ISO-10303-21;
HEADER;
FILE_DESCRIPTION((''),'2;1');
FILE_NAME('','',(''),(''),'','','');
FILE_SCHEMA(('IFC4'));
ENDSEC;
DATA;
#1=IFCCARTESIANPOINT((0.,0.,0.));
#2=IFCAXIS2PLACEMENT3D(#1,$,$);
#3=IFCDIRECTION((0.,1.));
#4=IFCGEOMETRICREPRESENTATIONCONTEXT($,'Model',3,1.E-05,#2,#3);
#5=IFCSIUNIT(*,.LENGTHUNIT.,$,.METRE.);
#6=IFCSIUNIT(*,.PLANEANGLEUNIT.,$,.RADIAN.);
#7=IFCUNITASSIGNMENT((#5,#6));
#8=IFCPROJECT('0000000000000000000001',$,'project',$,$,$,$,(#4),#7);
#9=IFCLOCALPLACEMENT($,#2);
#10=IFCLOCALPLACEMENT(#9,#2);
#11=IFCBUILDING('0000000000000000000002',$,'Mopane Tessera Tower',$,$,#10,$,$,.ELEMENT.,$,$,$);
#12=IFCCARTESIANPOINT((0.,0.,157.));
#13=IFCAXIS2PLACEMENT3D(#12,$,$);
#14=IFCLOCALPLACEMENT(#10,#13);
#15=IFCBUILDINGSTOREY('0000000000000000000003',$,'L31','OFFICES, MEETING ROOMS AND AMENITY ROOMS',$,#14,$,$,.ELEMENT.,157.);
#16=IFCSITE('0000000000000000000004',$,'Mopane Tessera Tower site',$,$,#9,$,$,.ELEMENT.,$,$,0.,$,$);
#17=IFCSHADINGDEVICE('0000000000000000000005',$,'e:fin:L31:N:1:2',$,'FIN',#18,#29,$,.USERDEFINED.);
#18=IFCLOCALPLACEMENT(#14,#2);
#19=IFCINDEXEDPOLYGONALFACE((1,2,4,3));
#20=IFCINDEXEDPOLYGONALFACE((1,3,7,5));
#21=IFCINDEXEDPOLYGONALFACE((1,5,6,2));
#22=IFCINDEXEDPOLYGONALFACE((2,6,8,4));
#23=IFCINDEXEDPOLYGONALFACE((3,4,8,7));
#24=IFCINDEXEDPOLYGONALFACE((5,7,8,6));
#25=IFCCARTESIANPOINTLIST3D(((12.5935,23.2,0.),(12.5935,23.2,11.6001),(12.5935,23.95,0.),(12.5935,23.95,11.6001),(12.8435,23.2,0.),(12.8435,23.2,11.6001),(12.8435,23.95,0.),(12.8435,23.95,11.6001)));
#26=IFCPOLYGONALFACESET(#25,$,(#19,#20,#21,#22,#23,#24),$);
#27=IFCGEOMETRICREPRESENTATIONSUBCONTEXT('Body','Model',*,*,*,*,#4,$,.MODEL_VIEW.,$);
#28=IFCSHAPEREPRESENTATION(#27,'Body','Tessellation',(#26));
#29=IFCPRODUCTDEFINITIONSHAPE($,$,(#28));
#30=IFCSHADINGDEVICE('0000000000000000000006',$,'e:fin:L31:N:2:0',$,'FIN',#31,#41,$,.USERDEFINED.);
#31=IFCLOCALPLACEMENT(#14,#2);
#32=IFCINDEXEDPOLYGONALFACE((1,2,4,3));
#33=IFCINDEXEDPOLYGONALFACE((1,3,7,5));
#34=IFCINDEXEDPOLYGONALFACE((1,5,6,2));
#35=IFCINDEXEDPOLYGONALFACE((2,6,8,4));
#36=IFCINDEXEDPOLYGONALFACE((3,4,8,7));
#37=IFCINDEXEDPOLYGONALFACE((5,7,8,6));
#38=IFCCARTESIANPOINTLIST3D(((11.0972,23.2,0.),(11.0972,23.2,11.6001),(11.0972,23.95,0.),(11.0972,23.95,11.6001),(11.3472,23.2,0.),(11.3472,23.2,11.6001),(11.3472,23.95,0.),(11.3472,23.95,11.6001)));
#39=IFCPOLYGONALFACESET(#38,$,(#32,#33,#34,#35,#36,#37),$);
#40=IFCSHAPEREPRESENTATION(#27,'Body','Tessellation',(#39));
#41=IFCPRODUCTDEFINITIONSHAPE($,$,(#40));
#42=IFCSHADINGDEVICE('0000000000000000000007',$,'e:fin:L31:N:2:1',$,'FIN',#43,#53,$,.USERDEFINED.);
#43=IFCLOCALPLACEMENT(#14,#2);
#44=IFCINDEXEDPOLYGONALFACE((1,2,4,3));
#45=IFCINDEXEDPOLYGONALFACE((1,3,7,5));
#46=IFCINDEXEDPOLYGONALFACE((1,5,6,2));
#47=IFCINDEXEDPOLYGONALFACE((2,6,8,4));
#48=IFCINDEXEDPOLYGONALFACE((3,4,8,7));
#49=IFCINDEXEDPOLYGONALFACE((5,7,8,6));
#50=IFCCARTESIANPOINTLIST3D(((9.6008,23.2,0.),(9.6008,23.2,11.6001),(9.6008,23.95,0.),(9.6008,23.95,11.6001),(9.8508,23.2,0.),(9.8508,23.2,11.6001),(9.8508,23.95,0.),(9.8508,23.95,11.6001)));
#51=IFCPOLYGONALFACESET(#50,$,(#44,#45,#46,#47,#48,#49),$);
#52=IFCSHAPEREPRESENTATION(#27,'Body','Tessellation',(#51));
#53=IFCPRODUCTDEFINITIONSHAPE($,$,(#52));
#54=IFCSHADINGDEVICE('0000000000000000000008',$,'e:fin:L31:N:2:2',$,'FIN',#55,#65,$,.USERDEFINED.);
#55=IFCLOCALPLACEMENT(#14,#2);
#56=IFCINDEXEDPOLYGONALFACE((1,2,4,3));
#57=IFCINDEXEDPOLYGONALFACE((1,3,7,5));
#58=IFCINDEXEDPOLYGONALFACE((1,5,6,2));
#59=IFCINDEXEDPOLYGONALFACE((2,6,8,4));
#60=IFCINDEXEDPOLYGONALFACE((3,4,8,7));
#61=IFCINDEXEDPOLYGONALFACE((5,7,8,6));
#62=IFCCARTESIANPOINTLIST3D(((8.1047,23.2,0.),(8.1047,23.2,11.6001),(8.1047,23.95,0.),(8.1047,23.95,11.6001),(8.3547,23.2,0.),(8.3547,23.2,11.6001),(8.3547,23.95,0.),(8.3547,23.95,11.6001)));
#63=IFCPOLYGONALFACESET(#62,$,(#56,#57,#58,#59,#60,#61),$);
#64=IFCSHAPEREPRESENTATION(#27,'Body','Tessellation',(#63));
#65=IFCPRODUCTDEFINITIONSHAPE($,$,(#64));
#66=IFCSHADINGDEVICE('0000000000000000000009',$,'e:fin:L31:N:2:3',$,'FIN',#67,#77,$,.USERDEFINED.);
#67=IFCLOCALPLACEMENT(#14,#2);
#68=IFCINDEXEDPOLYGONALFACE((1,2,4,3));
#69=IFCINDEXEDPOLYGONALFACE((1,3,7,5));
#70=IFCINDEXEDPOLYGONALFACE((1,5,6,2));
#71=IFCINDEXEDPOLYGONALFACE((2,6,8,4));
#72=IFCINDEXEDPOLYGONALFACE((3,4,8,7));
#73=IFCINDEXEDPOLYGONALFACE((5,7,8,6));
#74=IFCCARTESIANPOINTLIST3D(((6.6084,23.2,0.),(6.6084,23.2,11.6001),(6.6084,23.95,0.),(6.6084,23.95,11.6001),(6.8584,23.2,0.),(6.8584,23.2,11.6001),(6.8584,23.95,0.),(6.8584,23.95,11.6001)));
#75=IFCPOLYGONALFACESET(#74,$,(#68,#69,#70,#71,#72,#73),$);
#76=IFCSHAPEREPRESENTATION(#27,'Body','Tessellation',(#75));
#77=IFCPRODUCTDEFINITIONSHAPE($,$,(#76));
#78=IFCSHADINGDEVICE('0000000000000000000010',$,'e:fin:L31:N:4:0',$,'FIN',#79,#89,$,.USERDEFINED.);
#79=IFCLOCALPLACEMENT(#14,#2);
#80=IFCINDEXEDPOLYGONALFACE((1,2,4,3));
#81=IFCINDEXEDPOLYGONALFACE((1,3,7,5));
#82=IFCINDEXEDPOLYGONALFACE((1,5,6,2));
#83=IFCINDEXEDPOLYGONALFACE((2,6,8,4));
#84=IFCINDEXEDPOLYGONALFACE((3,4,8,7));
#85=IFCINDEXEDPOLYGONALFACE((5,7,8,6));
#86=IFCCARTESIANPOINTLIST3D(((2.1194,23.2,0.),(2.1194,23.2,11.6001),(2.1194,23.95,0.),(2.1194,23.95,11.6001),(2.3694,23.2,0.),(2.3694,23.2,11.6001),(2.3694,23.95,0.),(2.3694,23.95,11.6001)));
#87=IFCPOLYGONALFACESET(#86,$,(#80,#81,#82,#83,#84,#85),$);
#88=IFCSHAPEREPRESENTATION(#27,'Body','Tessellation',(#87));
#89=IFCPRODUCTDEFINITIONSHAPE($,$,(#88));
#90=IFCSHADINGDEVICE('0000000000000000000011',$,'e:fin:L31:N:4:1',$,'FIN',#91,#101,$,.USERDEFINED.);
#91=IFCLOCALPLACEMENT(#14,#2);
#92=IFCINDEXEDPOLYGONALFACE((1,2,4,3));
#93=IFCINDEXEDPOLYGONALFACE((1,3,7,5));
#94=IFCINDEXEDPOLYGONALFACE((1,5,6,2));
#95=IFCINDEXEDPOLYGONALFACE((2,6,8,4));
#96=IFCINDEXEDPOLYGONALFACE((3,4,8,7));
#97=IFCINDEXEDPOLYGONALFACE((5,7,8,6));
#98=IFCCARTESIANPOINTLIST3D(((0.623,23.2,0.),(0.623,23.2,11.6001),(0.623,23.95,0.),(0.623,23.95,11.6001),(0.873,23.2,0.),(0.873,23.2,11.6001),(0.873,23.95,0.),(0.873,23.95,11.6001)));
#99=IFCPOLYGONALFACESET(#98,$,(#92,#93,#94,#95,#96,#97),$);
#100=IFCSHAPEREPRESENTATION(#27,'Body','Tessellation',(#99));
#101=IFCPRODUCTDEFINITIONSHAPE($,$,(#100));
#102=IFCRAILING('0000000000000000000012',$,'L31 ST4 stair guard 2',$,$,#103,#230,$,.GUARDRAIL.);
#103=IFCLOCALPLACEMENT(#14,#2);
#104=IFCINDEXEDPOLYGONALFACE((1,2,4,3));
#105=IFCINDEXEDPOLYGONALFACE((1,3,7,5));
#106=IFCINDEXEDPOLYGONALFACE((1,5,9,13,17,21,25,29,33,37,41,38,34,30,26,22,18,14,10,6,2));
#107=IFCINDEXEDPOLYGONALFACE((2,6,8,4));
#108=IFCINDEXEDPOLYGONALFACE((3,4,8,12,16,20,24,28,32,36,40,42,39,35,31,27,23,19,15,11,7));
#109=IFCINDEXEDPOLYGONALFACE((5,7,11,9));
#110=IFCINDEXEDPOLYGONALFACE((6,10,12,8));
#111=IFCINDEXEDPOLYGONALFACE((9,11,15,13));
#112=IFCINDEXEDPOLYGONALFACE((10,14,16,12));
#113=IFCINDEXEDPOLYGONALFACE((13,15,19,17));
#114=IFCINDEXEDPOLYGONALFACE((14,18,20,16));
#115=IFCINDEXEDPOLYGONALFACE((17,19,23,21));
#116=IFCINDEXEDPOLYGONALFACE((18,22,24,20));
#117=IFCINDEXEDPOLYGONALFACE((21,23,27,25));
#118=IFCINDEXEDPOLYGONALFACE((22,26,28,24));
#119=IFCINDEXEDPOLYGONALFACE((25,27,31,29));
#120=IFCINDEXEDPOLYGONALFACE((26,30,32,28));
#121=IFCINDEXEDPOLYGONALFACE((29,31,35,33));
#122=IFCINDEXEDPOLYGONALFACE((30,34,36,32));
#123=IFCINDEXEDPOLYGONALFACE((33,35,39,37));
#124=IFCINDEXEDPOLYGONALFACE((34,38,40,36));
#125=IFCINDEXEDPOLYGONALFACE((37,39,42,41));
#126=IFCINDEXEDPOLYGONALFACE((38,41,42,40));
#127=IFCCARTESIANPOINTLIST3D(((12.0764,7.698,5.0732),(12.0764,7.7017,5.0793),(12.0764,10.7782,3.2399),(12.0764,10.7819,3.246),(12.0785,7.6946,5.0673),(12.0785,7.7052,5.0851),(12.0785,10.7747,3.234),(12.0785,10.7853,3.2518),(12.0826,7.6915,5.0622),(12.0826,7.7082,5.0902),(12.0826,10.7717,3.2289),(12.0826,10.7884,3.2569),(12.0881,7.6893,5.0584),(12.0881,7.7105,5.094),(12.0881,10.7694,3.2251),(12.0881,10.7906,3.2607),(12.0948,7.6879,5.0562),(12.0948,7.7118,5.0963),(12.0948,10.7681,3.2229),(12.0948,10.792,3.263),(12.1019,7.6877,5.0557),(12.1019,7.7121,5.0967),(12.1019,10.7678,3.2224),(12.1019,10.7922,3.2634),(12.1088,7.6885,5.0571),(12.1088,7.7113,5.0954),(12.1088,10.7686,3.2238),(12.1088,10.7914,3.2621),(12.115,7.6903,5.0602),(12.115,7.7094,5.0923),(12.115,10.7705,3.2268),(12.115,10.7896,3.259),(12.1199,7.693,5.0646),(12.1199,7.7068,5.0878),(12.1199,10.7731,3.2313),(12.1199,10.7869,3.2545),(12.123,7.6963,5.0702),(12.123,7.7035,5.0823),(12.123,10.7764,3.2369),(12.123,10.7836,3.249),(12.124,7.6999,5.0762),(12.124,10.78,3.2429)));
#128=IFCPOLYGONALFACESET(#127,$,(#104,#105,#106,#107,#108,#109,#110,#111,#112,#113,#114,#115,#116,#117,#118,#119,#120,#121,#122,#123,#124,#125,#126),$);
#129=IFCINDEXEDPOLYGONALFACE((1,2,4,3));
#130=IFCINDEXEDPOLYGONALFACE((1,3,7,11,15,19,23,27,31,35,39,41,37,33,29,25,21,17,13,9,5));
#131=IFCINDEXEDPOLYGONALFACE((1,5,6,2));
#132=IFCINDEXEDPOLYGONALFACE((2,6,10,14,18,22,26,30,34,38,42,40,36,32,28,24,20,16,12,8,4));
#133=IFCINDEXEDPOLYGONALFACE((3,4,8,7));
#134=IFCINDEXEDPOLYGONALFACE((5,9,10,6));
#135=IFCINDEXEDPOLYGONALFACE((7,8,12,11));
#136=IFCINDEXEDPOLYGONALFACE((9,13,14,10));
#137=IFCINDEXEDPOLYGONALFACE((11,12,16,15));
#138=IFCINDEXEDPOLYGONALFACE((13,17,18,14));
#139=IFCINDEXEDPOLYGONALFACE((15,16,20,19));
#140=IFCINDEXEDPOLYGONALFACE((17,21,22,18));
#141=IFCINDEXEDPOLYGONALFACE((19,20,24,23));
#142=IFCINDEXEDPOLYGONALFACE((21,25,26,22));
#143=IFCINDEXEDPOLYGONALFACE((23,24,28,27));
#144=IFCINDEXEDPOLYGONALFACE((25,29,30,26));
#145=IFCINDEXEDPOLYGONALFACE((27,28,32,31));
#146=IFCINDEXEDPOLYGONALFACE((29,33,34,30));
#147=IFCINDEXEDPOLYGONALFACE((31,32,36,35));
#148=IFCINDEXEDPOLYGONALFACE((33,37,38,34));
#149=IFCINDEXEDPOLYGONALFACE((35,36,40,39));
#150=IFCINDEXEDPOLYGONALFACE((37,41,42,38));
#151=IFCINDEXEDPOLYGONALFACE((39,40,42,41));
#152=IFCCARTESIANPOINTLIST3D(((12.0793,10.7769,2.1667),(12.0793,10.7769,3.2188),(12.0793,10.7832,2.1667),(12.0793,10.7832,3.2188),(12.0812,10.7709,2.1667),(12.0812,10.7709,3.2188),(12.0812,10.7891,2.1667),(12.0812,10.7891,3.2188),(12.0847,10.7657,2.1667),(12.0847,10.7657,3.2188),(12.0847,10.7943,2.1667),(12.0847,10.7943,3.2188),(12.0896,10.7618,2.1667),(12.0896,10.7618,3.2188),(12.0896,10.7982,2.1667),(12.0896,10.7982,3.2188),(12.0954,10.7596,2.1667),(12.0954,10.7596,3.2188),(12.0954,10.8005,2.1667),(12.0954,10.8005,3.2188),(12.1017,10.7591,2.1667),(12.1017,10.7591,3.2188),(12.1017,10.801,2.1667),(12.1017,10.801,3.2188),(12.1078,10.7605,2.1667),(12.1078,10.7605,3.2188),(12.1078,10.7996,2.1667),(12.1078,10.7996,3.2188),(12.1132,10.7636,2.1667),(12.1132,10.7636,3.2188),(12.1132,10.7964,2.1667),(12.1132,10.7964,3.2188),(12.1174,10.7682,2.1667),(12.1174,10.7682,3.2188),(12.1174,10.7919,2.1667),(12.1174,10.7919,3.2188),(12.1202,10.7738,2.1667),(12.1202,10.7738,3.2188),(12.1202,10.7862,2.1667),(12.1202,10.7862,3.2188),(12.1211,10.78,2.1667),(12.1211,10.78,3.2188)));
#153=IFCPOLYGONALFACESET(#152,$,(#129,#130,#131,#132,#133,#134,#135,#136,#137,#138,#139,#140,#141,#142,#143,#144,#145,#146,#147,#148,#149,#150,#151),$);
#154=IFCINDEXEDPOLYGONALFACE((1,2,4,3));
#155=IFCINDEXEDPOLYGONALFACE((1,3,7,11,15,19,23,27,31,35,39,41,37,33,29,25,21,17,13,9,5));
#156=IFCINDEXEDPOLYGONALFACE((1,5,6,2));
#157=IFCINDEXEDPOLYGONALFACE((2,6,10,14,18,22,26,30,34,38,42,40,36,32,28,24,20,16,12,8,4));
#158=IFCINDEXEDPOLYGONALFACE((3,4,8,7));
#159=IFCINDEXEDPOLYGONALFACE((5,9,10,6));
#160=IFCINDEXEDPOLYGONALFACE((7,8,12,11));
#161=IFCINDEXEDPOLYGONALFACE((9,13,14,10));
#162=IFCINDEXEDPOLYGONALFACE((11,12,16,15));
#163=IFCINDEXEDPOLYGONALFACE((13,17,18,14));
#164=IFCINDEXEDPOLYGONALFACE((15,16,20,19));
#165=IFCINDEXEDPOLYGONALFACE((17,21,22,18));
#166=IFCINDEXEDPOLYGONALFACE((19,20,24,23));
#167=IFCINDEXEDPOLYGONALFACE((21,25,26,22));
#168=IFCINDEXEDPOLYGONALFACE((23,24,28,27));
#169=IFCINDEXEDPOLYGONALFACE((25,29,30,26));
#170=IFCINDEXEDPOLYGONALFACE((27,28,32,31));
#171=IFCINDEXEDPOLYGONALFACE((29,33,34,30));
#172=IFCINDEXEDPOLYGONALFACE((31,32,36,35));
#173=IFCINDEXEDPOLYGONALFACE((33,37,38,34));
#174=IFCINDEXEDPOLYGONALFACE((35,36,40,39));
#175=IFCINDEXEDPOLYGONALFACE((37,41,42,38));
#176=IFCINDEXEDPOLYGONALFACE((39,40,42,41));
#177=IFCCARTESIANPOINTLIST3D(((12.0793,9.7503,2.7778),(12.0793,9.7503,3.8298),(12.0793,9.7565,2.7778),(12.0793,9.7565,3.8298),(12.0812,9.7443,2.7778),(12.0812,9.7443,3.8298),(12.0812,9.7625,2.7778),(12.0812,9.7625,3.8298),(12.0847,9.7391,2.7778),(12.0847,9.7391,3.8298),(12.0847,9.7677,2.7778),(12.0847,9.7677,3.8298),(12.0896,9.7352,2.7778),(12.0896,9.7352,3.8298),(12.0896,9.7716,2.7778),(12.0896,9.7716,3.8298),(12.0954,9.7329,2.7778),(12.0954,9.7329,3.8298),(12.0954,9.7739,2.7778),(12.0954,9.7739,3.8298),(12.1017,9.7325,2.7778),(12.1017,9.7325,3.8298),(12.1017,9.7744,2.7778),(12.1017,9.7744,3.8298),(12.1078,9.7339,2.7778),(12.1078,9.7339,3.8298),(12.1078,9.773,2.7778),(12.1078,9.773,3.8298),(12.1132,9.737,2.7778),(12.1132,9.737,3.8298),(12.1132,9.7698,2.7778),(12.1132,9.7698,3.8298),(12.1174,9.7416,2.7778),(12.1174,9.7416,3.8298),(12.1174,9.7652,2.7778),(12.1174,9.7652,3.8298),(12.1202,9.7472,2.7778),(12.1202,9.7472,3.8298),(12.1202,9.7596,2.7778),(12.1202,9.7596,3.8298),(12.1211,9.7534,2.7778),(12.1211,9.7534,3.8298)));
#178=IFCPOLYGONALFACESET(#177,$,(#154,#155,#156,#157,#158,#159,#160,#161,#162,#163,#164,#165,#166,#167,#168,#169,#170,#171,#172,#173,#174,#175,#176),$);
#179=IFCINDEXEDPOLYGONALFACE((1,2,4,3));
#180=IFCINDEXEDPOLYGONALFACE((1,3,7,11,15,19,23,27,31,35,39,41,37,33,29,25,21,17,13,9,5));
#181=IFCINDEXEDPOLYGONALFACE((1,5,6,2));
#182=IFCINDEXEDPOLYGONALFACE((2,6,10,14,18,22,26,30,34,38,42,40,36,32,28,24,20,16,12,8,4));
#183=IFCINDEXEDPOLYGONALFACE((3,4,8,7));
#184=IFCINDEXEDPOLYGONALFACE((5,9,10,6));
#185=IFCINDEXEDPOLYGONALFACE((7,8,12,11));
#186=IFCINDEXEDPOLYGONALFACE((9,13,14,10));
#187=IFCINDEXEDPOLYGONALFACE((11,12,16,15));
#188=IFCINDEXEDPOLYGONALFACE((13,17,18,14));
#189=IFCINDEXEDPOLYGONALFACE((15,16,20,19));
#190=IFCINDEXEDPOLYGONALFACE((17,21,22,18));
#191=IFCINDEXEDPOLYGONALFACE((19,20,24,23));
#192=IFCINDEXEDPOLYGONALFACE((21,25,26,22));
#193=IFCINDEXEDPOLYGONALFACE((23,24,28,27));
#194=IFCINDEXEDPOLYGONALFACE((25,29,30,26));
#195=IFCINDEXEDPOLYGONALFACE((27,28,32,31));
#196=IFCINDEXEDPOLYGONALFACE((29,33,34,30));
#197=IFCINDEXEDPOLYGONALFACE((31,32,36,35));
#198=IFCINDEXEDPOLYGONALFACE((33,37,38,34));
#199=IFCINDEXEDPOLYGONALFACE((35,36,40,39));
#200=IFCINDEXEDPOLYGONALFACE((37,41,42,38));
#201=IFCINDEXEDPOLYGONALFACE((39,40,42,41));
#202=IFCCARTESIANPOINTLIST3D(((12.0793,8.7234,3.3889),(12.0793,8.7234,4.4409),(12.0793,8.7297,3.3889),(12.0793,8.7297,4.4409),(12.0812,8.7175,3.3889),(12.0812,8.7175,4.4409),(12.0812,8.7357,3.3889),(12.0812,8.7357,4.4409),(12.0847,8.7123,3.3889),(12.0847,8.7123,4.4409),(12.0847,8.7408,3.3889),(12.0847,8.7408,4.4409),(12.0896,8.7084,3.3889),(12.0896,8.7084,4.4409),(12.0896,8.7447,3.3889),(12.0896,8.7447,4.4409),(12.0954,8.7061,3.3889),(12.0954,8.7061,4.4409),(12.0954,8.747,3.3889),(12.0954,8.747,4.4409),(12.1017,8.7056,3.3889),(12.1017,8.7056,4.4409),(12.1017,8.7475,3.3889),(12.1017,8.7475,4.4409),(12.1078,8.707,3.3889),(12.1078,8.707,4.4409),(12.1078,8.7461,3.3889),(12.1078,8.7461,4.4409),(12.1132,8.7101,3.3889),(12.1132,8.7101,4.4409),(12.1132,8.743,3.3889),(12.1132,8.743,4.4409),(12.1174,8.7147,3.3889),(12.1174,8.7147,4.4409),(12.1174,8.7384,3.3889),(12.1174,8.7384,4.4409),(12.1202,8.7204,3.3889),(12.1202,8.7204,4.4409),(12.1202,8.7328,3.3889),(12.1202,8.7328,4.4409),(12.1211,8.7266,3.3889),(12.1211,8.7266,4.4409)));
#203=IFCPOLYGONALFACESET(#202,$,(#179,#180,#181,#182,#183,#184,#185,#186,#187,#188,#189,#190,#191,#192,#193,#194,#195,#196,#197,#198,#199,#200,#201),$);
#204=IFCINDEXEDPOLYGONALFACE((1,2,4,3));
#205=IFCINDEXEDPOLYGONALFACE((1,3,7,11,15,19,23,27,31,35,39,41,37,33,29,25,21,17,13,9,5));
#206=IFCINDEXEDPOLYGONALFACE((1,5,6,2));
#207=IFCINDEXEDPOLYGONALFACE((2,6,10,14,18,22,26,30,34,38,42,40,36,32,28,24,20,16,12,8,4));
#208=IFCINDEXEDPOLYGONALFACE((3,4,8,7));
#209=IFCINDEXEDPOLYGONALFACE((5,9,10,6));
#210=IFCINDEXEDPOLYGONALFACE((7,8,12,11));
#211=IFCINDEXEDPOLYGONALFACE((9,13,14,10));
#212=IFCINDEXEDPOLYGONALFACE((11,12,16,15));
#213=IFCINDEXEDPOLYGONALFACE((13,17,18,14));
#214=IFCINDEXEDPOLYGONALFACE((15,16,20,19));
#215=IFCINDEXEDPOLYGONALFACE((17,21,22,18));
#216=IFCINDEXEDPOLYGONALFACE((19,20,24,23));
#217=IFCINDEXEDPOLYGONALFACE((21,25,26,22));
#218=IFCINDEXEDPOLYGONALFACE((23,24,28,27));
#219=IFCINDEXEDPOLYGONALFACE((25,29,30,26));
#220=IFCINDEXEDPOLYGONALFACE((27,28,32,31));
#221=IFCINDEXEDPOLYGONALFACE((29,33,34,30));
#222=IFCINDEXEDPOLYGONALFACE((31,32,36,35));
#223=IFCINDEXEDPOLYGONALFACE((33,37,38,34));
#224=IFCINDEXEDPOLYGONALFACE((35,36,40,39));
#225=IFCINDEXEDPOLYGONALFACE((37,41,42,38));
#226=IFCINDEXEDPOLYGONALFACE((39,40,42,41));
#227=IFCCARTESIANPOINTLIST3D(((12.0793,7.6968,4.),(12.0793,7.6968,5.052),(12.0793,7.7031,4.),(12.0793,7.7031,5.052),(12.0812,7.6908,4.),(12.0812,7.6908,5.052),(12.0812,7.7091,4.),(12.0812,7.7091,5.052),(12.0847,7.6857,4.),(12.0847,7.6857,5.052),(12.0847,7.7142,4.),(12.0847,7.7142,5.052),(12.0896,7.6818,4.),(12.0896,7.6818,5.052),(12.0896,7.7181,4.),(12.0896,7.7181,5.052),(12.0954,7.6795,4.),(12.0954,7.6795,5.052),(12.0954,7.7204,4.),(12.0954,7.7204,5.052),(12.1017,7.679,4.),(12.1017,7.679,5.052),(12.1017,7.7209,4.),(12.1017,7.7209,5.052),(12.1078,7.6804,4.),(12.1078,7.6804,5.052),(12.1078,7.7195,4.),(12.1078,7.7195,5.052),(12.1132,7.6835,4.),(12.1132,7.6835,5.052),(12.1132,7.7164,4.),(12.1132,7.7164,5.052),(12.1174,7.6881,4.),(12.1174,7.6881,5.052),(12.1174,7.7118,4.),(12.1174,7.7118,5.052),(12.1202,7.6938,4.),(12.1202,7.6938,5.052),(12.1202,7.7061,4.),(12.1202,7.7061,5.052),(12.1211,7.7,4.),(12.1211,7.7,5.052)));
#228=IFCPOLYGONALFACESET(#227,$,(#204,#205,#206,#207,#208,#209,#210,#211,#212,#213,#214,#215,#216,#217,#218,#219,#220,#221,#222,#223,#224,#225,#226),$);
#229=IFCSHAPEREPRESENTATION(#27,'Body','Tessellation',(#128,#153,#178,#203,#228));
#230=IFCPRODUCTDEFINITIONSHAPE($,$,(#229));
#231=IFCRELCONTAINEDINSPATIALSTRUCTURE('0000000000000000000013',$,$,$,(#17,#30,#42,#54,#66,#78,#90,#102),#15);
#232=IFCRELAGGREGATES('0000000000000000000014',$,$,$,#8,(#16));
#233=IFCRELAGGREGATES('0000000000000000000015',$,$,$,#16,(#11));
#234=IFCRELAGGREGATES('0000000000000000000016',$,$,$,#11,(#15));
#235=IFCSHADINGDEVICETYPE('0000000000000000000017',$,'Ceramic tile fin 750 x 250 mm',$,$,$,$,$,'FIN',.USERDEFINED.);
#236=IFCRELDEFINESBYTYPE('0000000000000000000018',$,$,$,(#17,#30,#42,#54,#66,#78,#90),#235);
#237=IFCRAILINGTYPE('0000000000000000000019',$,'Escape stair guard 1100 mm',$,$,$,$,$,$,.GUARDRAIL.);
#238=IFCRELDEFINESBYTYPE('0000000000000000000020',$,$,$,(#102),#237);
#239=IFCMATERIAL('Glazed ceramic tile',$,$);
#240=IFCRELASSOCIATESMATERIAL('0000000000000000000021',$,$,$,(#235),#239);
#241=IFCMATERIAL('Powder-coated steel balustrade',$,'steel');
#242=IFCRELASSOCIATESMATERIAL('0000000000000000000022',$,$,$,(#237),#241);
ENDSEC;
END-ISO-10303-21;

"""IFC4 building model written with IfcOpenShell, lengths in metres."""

from ifc_helpers import new_model, si_unit, direction, frame, origin, origin_2d, place, context, subcontext, project, spatial, rectangle, circle, extrude, material, type_object, element, save


model = new_model("IFC4")

# Units and contexts
model_context = context("Model", 3, precision=1e-05, world=origin(), true_north=direction((0.0, 1.0)))
body_context = subcontext(model_context, "Body", "Model", "MODEL_VIEW")
ifc_project = project(units=[si_unit("LENGTHUNIT", "METRE"), si_unit("PLANEANGLEUNIT", "RADIAN")], contexts=[model_context])

# Site, building, storey
site_placement = place(None, origin())
site = spatial("IfcSite", under=ifc_project, at=site_placement, Name="Mopane Tessera Tower site", CompositionType="ELEMENT", RefElevation=0.0)
building_placement = place(site_placement, origin())
building = spatial("IfcBuilding", under=site, at=building_placement, Name="Mopane Tessera Tower", CompositionType="ELEMENT")
storey_placement = place(building_placement, frame((0.0, 0.0, 157.0)))
storey = spatial("IfcBuildingStorey", under=building, at=storey_placement, Name="L31", Description="OFFICES, MEETING ROOMS AND AMENITY ROOMS", CompositionType="ELEMENT", Elevation=157.0)

# Shading devices
ifc_material_1 = material(Name="Glazed ceramic tile")
shading_device_type = type_object("IfcShadingDeviceType", Name="Ceramic tile fin 750 x 250 mm", ElementType="FIN", PredefinedType="USERDEFINED", material=ifc_material_1)
for number, where, z_axis, x_axis, name in (
    (1, (12.7185, 23.575, 0.0), (0.0, 0.0, 1.0), (-1.0, 0.0, 0.0), "e:fin:L31:N:1:2"),
    (2, (11.2222, 23.575, 0.0), (0.0, 0.0, 1.0), (-1.0, 0.0, 0.0), "e:fin:L31:N:2:0"),
    (3, (9.7258, 23.575, 0.0), (0.0, 0.0, 1.0), (-1.0, 0.0, 0.0), "e:fin:L31:N:2:1"),
    (4, (8.2297, 23.575, 0.0), (0.0, 0.0, 1.0), (-1.0, 0.0, 0.0), "e:fin:L31:N:2:2"),
    (5, (6.7334, 23.575, 0.0), (0.0, 0.0, 1.0), (-1.0, 0.0, 0.0), "e:fin:L31:N:2:3"),
    (6, (2.2444, 23.575, 0.0), (0.0, 0.0, 1.0), (-1.0, 0.0, 0.0), "e:fin:L31:N:4:0"),
    (7, (0.748, 23.575, 0.0), (0.0, 0.0, 1.0), (-1.0, 0.0, 0.0), "e:fin:L31:N:4:1"),
):
    element("IfcShadingDevice", number, at=place(storey_placement, frame(where, z_axis=z_axis, x_axis=x_axis)), inside=storey, type_object=shading_device_type, Name=name, ObjectType="FIN", PredefinedType="USERDEFINED", context=body_context, shape_type="SweptSolid", body=[
        extrude(rectangle(XDim=0.25, YDim=0.75, at=origin_2d()), origin(), (0.0, 0.0, 1.0), 11.6001),
    ])

# Railing
ifc_material_2 = material(Name="Powder-coated steel balustrade", Category="steel")
railing_type_1 = type_object("IfcRailingType", Name="Escape stair guard 1100 mm", PredefinedType="GUARDRAIL", material=ifc_material_2)
railing_1_placement = place(storey_placement, frame((12.1001, 10.78, 2.1667)))
element("IfcRailing", 8, at=railing_1_placement, inside=storey, type_object=railing_type_1, Name="L31 ST4 stair guard 2", PredefinedType="GUARDRAIL", context=body_context, shape_type="SweptSolid", body=[
    extrude(circle(Radius=0.0239, at=origin_2d()), frame((0.0, 0.0, 1.0762), z_axis=(0.0, -0.859309, 0.511458), x_axis=(1.0, 0.0, 0.0)), (0.0, 0.0, 1.0), 3.5845),
    extrude(circle(Radius=0.021, at=origin_2d()), origin(), (0.0, 0.0, 1.0), 1.052),
    extrude(circle(Radius=0.021, at=origin_2d()), frame((0.0, -1.0266, 0.6111)), (0.0, 0.0, 1.0), 1.052),
    extrude(circle(Radius=0.021, at=origin_2d()), frame((0.0, -2.0535, 1.2222)), (0.0, 0.0, 1.0), 1.052),
    extrude(circle(Radius=0.021, at=origin_2d()), frame((0.0, -3.0801, 1.8333)), (0.0, 0.0, 1.0), 1.052),
])

save(model, "model.ifc")
